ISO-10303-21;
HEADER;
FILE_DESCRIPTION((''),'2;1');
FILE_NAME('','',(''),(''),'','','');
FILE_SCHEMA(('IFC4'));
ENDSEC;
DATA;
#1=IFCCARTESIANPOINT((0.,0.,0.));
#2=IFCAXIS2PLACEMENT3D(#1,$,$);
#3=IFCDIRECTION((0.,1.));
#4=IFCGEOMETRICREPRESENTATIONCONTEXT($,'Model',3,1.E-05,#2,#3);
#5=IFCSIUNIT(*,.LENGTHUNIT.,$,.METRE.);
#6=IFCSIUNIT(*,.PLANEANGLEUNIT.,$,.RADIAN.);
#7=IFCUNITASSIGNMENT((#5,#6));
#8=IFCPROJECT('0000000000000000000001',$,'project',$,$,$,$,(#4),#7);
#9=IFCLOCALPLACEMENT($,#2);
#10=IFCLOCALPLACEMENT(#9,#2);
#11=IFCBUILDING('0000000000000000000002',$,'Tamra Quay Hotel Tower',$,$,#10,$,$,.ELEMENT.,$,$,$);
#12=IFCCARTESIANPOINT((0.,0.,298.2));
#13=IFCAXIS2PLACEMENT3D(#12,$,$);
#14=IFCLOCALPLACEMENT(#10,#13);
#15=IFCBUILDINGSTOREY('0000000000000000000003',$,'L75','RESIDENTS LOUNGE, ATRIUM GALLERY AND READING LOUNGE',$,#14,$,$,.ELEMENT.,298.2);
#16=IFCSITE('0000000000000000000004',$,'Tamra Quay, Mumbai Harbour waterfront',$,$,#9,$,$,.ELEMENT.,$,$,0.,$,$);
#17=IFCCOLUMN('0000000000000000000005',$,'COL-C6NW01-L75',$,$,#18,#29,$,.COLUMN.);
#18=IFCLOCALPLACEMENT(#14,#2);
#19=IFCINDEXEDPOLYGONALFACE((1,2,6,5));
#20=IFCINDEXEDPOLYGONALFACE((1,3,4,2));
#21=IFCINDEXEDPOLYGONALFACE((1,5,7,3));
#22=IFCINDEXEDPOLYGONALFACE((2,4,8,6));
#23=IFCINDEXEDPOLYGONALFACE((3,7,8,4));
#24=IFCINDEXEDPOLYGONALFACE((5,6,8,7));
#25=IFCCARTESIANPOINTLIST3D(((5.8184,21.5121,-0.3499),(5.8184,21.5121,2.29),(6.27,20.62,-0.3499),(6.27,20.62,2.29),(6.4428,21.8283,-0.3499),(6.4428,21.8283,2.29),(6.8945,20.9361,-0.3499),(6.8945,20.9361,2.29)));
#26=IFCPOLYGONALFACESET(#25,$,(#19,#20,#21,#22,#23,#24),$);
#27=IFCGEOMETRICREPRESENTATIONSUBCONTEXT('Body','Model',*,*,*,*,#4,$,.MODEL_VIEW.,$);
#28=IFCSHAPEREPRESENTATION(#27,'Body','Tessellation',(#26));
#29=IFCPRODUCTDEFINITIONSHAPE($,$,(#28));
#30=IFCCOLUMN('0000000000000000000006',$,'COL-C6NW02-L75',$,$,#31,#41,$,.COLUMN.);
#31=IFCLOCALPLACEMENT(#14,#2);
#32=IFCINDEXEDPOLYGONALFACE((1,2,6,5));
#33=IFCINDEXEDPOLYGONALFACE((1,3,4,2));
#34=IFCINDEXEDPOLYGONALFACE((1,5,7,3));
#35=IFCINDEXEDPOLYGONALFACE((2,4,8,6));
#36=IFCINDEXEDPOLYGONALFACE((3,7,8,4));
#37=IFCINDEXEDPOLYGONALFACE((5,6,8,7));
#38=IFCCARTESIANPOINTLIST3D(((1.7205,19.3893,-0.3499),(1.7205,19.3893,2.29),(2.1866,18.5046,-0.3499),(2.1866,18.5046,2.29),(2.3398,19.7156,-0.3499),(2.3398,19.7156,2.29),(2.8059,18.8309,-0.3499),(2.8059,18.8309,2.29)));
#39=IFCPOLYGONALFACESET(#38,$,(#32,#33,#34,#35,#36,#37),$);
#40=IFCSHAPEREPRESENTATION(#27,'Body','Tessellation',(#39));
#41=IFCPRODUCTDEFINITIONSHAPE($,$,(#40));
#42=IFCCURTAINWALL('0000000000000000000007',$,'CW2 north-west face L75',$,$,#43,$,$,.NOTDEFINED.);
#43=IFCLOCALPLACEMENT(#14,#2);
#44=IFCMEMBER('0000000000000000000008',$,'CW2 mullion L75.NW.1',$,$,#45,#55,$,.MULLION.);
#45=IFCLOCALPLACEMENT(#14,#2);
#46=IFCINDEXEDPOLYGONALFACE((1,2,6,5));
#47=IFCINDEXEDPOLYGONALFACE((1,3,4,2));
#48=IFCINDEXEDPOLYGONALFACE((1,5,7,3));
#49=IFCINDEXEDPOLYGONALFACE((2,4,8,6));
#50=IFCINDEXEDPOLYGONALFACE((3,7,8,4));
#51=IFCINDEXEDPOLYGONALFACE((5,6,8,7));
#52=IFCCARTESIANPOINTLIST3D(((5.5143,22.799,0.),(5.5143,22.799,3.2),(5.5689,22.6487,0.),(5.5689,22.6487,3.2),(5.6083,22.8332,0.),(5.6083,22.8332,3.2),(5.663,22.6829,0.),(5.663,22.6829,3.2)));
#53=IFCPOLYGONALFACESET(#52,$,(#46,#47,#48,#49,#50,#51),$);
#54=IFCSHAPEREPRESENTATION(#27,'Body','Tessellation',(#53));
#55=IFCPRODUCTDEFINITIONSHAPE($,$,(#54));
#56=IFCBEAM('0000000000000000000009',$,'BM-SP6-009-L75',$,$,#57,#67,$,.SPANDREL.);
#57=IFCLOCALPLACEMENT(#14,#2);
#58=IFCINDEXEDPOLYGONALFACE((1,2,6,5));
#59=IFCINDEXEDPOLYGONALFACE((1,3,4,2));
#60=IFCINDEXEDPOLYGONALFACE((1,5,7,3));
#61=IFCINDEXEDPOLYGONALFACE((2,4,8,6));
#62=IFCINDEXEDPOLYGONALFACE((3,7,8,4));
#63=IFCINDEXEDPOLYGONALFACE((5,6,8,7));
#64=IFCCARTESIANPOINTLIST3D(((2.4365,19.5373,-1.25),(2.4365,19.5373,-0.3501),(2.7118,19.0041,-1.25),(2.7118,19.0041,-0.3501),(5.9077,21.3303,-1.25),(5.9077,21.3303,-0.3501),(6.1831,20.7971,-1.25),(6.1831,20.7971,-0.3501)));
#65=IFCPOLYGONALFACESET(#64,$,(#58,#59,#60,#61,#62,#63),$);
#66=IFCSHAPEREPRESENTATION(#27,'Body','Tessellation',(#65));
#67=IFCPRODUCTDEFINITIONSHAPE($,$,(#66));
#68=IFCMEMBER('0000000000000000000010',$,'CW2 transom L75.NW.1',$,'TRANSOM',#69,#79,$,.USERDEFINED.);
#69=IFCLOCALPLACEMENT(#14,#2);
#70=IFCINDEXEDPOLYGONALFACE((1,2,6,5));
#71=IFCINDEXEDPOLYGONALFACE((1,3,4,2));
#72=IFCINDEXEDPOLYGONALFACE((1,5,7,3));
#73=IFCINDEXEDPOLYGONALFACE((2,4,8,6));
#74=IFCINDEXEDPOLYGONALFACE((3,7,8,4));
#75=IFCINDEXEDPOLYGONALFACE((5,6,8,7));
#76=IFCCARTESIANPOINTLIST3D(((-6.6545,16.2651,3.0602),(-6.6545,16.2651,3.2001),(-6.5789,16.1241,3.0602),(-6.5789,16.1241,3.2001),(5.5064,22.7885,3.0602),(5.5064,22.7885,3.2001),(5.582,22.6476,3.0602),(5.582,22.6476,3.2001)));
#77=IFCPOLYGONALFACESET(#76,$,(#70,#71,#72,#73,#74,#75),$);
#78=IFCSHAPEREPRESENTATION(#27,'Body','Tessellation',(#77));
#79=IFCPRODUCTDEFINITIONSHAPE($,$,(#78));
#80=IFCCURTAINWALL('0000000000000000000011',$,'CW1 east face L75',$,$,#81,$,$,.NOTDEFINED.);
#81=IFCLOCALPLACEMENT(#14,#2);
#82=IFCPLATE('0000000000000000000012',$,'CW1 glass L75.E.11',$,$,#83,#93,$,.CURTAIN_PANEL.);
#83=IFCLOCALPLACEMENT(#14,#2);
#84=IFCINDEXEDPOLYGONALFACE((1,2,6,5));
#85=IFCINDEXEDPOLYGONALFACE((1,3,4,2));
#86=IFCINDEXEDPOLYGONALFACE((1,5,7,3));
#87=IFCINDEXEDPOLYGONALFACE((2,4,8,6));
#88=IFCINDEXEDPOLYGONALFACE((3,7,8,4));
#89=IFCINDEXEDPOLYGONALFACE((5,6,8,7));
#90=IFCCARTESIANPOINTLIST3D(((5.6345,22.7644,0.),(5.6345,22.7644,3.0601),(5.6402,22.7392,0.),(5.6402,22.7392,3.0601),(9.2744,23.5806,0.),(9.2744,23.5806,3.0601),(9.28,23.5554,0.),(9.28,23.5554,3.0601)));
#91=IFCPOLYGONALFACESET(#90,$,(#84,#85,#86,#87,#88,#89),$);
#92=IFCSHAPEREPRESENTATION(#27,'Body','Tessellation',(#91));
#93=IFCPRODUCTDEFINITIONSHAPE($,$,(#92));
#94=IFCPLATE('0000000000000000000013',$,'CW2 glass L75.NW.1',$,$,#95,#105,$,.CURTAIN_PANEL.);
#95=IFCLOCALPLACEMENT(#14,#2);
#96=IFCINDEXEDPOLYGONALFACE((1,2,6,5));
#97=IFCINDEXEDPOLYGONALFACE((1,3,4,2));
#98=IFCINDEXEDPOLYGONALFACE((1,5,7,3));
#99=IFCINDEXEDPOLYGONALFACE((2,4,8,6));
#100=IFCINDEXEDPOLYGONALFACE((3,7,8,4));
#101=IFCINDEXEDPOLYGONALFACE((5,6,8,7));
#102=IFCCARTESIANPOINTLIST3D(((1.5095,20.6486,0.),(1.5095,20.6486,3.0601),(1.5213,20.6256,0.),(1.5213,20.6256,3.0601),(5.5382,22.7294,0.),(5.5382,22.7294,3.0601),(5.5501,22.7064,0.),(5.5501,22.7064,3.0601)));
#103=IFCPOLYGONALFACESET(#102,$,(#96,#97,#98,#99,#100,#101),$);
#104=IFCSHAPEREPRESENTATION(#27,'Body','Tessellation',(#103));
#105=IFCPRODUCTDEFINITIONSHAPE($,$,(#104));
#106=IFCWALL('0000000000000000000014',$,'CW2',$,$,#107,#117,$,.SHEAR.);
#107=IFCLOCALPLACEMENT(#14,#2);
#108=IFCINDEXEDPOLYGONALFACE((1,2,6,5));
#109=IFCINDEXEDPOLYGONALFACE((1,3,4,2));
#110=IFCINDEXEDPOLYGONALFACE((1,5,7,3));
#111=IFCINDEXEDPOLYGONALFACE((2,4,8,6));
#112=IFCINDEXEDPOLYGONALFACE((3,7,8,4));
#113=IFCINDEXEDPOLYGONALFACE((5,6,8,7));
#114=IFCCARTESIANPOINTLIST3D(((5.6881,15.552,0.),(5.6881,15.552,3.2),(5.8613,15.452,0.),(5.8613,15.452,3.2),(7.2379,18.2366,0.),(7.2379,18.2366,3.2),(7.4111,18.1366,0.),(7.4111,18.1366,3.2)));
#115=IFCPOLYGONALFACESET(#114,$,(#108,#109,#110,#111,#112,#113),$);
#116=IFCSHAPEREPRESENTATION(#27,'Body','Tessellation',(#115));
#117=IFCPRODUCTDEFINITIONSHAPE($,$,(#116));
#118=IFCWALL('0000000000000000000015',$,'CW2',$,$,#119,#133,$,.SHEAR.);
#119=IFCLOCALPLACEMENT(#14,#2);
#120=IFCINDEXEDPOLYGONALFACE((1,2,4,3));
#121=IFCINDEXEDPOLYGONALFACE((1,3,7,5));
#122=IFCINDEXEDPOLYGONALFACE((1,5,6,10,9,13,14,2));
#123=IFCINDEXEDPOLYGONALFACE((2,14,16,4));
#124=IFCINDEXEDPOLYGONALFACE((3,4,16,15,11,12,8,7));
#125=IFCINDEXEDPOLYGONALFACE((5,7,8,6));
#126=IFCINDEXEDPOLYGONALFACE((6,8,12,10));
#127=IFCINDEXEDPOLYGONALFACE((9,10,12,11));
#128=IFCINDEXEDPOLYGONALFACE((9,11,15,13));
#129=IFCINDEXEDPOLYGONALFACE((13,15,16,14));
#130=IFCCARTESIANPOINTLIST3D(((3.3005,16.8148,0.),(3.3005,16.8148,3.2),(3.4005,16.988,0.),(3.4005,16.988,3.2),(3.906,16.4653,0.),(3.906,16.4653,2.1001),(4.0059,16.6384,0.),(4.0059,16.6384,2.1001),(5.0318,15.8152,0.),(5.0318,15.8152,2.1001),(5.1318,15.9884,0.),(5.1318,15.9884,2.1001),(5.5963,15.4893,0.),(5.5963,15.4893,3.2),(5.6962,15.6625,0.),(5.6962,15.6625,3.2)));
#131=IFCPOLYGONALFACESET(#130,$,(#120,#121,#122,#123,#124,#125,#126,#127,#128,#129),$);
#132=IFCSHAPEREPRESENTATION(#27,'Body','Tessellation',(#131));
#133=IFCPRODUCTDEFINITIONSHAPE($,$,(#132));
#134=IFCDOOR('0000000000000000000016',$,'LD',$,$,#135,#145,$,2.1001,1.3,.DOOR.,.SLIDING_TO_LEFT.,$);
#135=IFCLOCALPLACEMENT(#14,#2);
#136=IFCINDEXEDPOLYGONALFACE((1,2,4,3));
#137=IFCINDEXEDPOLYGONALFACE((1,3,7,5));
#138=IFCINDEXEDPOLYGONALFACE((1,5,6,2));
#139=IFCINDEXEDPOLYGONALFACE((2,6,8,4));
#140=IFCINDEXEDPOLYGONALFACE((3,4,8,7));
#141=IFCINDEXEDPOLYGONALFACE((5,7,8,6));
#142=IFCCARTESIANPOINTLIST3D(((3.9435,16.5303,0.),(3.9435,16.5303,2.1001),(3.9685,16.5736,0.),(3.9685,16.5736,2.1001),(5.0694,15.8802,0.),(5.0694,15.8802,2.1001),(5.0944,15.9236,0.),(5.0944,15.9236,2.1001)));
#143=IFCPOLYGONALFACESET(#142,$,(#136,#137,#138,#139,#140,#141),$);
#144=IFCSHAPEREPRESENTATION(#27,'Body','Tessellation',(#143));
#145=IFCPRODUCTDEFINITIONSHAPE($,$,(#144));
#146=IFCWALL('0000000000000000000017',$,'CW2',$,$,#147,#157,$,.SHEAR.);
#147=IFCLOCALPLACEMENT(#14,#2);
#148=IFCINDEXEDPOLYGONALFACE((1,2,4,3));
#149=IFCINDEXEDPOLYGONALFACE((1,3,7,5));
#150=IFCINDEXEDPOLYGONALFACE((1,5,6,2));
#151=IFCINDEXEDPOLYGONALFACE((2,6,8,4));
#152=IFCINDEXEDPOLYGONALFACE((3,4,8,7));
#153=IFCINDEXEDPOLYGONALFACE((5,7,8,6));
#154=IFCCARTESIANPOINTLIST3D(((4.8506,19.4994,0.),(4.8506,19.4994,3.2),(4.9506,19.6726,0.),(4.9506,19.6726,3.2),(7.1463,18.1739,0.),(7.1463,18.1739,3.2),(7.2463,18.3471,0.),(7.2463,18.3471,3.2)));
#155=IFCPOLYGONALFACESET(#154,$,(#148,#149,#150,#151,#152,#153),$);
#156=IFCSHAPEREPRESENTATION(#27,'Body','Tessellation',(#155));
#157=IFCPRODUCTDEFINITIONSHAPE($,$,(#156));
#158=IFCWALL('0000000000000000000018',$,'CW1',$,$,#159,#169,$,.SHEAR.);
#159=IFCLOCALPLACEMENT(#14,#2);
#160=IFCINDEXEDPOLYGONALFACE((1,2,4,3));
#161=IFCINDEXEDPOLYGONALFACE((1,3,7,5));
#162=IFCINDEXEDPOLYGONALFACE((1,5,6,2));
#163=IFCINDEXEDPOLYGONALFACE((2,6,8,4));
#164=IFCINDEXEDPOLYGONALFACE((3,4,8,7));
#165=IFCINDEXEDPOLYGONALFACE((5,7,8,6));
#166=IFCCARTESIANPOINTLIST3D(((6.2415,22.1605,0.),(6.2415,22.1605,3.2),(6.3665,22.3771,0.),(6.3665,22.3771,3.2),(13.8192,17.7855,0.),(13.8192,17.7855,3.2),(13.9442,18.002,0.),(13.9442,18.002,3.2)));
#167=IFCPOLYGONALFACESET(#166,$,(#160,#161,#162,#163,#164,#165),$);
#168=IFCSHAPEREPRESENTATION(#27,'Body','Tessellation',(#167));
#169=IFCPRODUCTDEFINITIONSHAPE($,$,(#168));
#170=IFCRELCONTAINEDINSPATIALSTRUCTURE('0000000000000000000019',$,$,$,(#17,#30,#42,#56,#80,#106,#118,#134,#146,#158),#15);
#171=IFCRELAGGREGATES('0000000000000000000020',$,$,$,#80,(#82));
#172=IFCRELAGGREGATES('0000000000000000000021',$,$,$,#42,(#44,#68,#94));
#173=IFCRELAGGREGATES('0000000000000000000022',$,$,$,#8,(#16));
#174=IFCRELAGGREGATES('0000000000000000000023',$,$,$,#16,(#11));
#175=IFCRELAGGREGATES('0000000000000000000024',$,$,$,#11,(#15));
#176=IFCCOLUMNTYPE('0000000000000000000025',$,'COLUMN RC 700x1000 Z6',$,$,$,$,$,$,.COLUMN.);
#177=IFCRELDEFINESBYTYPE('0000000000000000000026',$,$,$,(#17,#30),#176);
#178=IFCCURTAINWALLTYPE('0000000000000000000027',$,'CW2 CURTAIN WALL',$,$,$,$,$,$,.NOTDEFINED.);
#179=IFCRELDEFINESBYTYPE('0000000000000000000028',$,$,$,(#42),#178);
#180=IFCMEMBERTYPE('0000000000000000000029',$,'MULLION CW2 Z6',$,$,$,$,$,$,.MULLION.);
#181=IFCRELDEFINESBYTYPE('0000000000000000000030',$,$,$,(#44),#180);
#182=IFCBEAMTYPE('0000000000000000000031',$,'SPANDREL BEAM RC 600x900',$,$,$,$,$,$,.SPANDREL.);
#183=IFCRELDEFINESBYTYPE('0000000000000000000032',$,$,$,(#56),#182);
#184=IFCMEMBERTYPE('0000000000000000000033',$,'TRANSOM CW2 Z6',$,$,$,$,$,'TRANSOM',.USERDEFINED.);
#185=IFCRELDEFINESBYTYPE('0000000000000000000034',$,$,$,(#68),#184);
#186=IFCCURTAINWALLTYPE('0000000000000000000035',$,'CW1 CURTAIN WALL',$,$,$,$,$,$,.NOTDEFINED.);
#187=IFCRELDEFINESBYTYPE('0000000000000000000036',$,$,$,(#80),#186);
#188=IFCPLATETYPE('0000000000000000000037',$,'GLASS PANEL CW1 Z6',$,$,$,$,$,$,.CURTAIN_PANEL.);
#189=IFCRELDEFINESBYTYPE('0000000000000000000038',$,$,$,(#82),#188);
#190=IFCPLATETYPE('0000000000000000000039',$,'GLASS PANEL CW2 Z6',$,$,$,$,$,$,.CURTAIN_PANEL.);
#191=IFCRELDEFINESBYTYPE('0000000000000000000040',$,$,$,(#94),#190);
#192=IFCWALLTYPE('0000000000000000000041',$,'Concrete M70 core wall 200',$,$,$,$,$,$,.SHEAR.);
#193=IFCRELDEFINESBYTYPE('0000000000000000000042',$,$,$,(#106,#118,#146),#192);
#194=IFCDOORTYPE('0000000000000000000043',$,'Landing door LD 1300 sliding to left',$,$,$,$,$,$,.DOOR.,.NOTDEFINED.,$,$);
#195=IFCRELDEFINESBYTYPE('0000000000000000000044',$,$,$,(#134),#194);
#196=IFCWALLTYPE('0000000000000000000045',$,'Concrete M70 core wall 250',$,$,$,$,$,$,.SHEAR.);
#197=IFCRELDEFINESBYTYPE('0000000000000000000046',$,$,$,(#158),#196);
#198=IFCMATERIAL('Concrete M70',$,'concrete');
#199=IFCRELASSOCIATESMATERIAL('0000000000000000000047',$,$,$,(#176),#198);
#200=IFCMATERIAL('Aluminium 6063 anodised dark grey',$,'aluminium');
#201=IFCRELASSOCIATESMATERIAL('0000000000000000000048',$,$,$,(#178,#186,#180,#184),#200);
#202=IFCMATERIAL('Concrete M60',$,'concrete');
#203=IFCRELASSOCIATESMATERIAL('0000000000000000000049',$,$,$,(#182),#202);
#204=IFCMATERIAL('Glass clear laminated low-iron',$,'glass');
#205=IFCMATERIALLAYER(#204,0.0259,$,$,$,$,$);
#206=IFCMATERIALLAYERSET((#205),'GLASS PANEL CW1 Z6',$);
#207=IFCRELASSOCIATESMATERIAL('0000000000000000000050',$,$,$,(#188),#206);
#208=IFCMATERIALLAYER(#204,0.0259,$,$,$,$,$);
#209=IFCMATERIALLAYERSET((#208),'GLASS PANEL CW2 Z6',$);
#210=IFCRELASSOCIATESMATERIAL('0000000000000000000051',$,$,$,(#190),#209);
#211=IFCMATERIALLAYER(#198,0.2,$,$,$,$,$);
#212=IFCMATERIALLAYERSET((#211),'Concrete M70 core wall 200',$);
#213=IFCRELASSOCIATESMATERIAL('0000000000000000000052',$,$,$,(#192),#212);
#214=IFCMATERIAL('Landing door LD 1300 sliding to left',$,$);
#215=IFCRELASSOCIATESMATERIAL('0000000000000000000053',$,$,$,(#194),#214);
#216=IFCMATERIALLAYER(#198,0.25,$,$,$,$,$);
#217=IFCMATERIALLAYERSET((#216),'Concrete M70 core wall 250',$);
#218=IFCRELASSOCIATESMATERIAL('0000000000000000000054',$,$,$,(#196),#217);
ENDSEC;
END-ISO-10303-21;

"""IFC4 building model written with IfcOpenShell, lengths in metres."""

from ifc_helpers import new_model, si_unit, direction, frame, frame_2d, origin, origin_2d, place, context, subcontext, project, spatial, rectangle, extrude, material, layer, layer_set, material_profile, profile_set, type_object, element, fill, aggregate, save


model = new_model("IFC4")

# Units and contexts
model_context = context("Model", 3, precision=1e-05, world=origin(), true_north=direction((0.0, 1.0)))
body_context = subcontext(model_context, "Body", "Model", "MODEL_VIEW")
ifc_project = project(units=[si_unit("LENGTHUNIT", "METRE"), si_unit("PLANEANGLEUNIT", "RADIAN")], contexts=[model_context])

# Site, building, storey
site_placement = place(None, origin())
site = spatial("IfcSite", under=ifc_project, at=site_placement, Name="Tamra Quay, Mumbai Harbour waterfront", CompositionType="ELEMENT", RefElevation=0.0)
building_placement = place(site_placement, origin())
building = spatial("IfcBuilding", under=site, at=building_placement, Name="Tamra Quay Hotel Tower", CompositionType="ELEMENT")
storey_placement = place(building_placement, frame((0.0, 0.0, 298.2)))
storey = spatial("IfcBuildingStorey", under=building, at=storey_placement, Name="L75", Description="RESIDENTS LOUNGE, ATRIUM GALLERY AND READING LOUNGE", CompositionType="ELEMENT", Elevation=298.2)

# Columns
ifc_material_1 = material(Name="Concrete M70", Category="concrete")
ifc_material_profile_1 = material_profile(ifc_material_1, rectangle(XDim=1.0, YDim=0.7, at=origin_2d()), Name="COLUMN RC 700x1000 Z6")
ifc_profile_set_1 = profile_set([ifc_material_profile_1], Name="Concrete M70")
column_type = type_object("IfcColumnType", Name="COLUMN RC 700x1000 Z6", PredefinedType="COLUMN", material=ifc_profile_set_1)
for number, where, z_axis, x_axis, name in (
    (1, (6.3564, 21.2241, -0.3499), (0.0, 0.0, 1.0), (-0.451686, 0.892177, 0.0), "COL-C6NW01-L75"),
    (2, (2.2632, 19.1101, -0.3499), (0.0, 0.0, 1.0), (-0.466118, 0.884723, 0.0), "COL-C6NW02-L75"),
):
    element("IfcColumn", number, at=place(storey_placement, frame(where, z_axis=z_axis, x_axis=x_axis)), inside=storey, type_object=column_type, Name=name, PredefinedType="COLUMN", context=body_context, shape_type="SweptSolid", body=[
        extrude(rectangle(XDim=1.0, YDim=0.7, at=origin_2d()), origin(), (0.0, 0.0, 1.0), 2.6399),
    ])

# Curtain wall, member
ifc_material_2 = material(Name="Aluminium 6063 anodised dark grey", Category="aluminium")
curtain_wall_type_1 = type_object("IfcCurtainWallType", Name="CW2 CURTAIN WALL", PredefinedType="NOTDEFINED", material=ifc_material_2)
curtain_wall_1_placement = place(storey_placement, origin())
curtain_wall_1 = element("IfcCurtainWall", 3, at=curtain_wall_1_placement, inside=storey, type_object=curtain_wall_type_1, Name="CW2 north-west face L75", PredefinedType="NOTDEFINED")
ifc_material_profile_2 = material_profile(ifc_material_2, rectangle(XDim=0.1599, YDim=0.1001, at=origin_2d()), Name="MULLION 100X160")
ifc_profile_set_2 = profile_set([ifc_material_profile_2], Name="Aluminium 6063 anodised dark grey")
member_type_1 = type_object("IfcMemberType", Name="MULLION CW2 Z6", PredefinedType="MULLION", material=ifc_profile_set_2)
member_1_placement = place(storey_placement, frame((5.5886, 22.741, 0.0), z_axis=(0.0, 0.0, 1.0), x_axis=(-0.341653, 0.939826, 0.0)))
member_1 = element("IfcMember", 4, at=member_1_placement, type_object=member_type_1, Name="CW2 mullion L75.NW.1", PredefinedType="MULLION", context=body_context, shape_type="SweptSolid", body=[
    extrude(rectangle(XDim=0.1599, YDim=0.1001, at=origin_2d()), origin(), (0.0, 0.0, 1.0), 3.2),
])

# Beam
ifc_material_3 = material(Name="Concrete M60", Category="concrete")
ifc_material_profile_3 = material_profile(ifc_material_3, rectangle(XDim=0.6001, YDim=0.8999, at=origin_2d()), Name="SPANDREL BEAM RC 600x900")
ifc_profile_set_3 = profile_set([ifc_material_profile_3], Name="Concrete M60")
beam_type = type_object("IfcBeamType", Name="SPANDREL BEAM RC 600x900", PredefinedType="SPANDREL", material=ifc_profile_set_3)
beam_placement = place(storey_placement, frame((6.0454, 21.0637, -0.8), z_axis=(-0.888476, -0.458923, 0.0), x_axis=(0.458923, -0.888476, 0.0)))
element("IfcBeam", 5, at=beam_placement, inside=storey, type_object=beam_type, Name="BM-SP6-009-L75", PredefinedType="SPANDREL", context=body_context, shape_type="SweptSolid", body=[
    extrude(rectangle(XDim=0.6001, YDim=0.8999, at=origin_2d()), origin(), (0.0, 0.0, 1.0), 3.907),
])

# Member
ifc_material_profile_4 = material_profile(ifc_material_2, rectangle(XDim=0.1599, YDim=0.1399, at=origin_2d()), Name="TRANSOM 160X140")
ifc_profile_set_4 = profile_set([ifc_material_profile_4], Name="Aluminium 6063 anodised dark grey")
member_type_2 = type_object("IfcMemberType", Name="TRANSOM CW2 Z6", ElementType="TRANSOM", PredefinedType="USERDEFINED", material=ifc_profile_set_4)
member_2_placement = place(storey_placement, frame((5.5442, 22.718, 3.1301), z_axis=(-0.881218, -0.47271, 0.0), x_axis=(0.47271, -0.881218, 0.0)))
member_2 = element("IfcMember", 6, at=member_2_placement, type_object=member_type_2, Name="CW2 transom L75.NW.1", ObjectType="TRANSOM", PredefinedType="USERDEFINED", context=body_context, shape_type="SweptSolid", body=[
    extrude(rectangle(XDim=0.1599, YDim=0.1399, at=origin_2d()), origin(), (0.0, 0.0, 1.0), 13.8),
])

# Curtain wall, plate
curtain_wall_type_2 = type_object("IfcCurtainWallType", Name="CW1 CURTAIN WALL", PredefinedType="NOTDEFINED", material=ifc_material_2)
curtain_wall_2_placement = place(storey_placement, origin())
curtain_wall_2 = element("IfcCurtainWall", 7, at=curtain_wall_2_placement, inside=storey, type_object=curtain_wall_type_2, Name="CW1 east face L75", PredefinedType="NOTDEFINED")
ifc_material_4 = material(Name="Glass clear laminated low-iron", Category="glass")
ifc_layer_1 = layer(ifc_material_4, 0.0259)
ifc_layer_set_1 = layer_set([ifc_layer_1], Name="GLASS PANEL CW1 Z6")
plate_type_1 = type_object("IfcPlateType", Name="GLASS PANEL CW1 Z6", PredefinedType="CURTAIN_PANEL", material=ifc_layer_set_1)
plate_1_placement = place(storey_placement, frame((7.4573, 23.1599, 0.0), z_axis=(0.0, 0.0, 1.0), x_axis=(-0.975768, -0.218806, 0.0)))
plate_1 = element("IfcPlate", 8, at=plate_1_placement, type_object=plate_type_1, Name="CW1 glass L75.E.11", PredefinedType="CURTAIN_PANEL", context=body_context, shape_type="SweptSolid", body=[
    extrude(rectangle(XDim=3.7302, YDim=0.0259, at=origin_2d()), origin(), (0.0, 0.0, 1.0), 3.0601),
])
aggregate(curtain_wall_2, [plate_1])

# Plate
ifc_layer_2 = layer(ifc_material_4, 0.0259)
ifc_layer_set_2 = layer_set([ifc_layer_2], Name="GLASS PANEL CW2 Z6")
plate_type_2 = type_object("IfcPlateType", Name="GLASS PANEL CW2 Z6", PredefinedType="CURTAIN_PANEL", material=ifc_layer_set_2)
plate_2_placement = place(storey_placement, frame((3.5298, 21.6775, 0.0), z_axis=(0.0, 0.0, 1.0), x_axis=(-0.888486, -0.458903, 0.0)))
plate_2 = element("IfcPlate", 9, at=plate_2_placement, type_object=plate_type_2, Name="CW2 glass L75.NW.1", PredefinedType="CURTAIN_PANEL", context=body_context, shape_type="SweptSolid", body=[
    extrude(rectangle(XDim=4.5344, YDim=0.0259, at=origin_2d()), origin(), (0.0, 0.0, 1.0), 3.0601),
])
aggregate(curtain_wall_1, [member_1, member_2, plate_2])

# Wall
ifc_layer_3 = layer(ifc_material_1, 0.2)
ifc_layer_set_3 = layer_set([ifc_layer_3], Name="Concrete M70 core wall 200")
wall_type_1 = type_object("IfcWallType", Name="Concrete M70 core wall 200", PredefinedType="SHEAR", material=ifc_layer_set_3)
wall_1_placement = place(storey_placement, frame((7.3245, 18.1865, 0.0), z_axis=(0.0, 0.0, 1.0), x_axis=(-0.499968, -0.866044, 0.0)))
element("IfcWall", 10, at=wall_1_placement, inside=storey, type_object=wall_type_1, Name="CW2", PredefinedType="SHEAR", context=body_context, shape_type="SweptSolid", body=[
    extrude(rectangle(XDim=3.0999, YDim=0.2, at=frame_2d((1.5498, 0.0))), origin(), (0.0, 0.0, 1.0), 3.2),
])

# Wall, opening, door
wall_2_placement = place(storey_placement, frame((5.6462, 15.5759, 0.0), z_axis=(0.0, 0.0, 1.0), x_axis=(-0.866018, 0.500012, 0.0)))
wall_2 = element("IfcWall", 11, at=wall_2_placement, inside=storey, type_object=wall_type_1, Name="CW2", PredefinedType="SHEAR", context=body_context, shape_type="SweptSolid", body=[
    extrude(rectangle(XDim=2.6509, YDim=0.2, at=frame_2d((1.3254, 0.0))), origin(), (0.0, 0.0, 1.0), 3.2),
])
opening_1_placement = place(wall_2_placement, frame((0.6519, 0.0, 0.0)))
opening_1 = element("IfcOpeningElement", 12, at=opening_1_placement, cuts=wall_2, PredefinedType="OPENING", context=body_context, shape_type="SweptSolid", body=[
    extrude(rectangle(XDim=1.3, YDim=2.1001, at=frame_2d((0.6499, 1.05))), frame((0.0, 0.1099, 0.0), z_axis=(0.0, -1.0, 0.0), x_axis=(1.0, 0.0, 0.0)), (0.0, 0.0, 1.0), 0.22),
])
ifc_material_5 = material(Name="Landing door LD 1300 sliding to left")
door_type_1 = type_object("IfcDoorType", Name="Landing door LD 1300 sliding to left", OperationType="NOTDEFINED", PredefinedType="DOOR", material=ifc_material_5)
door_1_placement = place(opening_1_placement, origin())
door_1 = element("IfcDoor", 13, at=door_1_placement, inside=storey, type_object=door_type_1, Name="LD", OperationType="SLIDING_TO_LEFT", OverallHeight=2.1001, OverallWidth=1.3, PredefinedType="DOOR", context=body_context, shape_type="SweptSolid", body=[
    extrude(rectangle(XDim=1.3, YDim=2.1001, at=frame_2d((0.6499, 1.05))), frame((0.0, 0.0249, 0.0), z_axis=(0.0, -1.0, 0.0), x_axis=(1.0, 0.0, 0.0)), (0.0, 0.0, 1.0), 0.05),
])
fill(opening_1, door_1)

# Walls
wall_3_placement = place(storey_placement, frame((7.1963, 18.2605, 0.0), z_axis=(0.0, 0.0, 1.0), x_axis=(-0.866018, 0.500012, 0.0)))
element("IfcWall", 14, at=wall_3_placement, inside=storey, type_object=wall_type_1, Name="CW2", PredefinedType="SHEAR", context=body_context, shape_type="SweptSolid", body=[
    extrude(rectangle(XDim=2.6509, YDim=0.2, at=frame_2d((1.3254, 0.0))), origin(), (0.0, 0.0, 1.0), 3.2),
])
ifc_layer_4 = layer(ifc_material_1, 0.25)
ifc_layer_set_4 = layer_set([ifc_layer_4], Name="Concrete M70 core wall 250")
wall_type_2 = type_object("IfcWallType", Name="Concrete M70 core wall 250", PredefinedType="SHEAR", material=ifc_layer_set_4)
wall_4_placement = place(storey_placement, frame((6.304, 22.2688, 0.0), z_axis=(0.0, 0.0, 1.0), x_axis=(0.866023, -0.500004, 0.0)))
element("IfcWall", 15, at=wall_4_placement, inside=storey, type_object=wall_type_2, Name="CW1", PredefinedType="SHEAR", context=body_context, shape_type="SweptSolid", body=[
    extrude(rectangle(XDim=8.75, YDim=0.25, at=frame_2d((4.375, 0.0))), origin(), (0.0, 0.0, 1.0), 3.2),
])

save(model, "model.ifc")
